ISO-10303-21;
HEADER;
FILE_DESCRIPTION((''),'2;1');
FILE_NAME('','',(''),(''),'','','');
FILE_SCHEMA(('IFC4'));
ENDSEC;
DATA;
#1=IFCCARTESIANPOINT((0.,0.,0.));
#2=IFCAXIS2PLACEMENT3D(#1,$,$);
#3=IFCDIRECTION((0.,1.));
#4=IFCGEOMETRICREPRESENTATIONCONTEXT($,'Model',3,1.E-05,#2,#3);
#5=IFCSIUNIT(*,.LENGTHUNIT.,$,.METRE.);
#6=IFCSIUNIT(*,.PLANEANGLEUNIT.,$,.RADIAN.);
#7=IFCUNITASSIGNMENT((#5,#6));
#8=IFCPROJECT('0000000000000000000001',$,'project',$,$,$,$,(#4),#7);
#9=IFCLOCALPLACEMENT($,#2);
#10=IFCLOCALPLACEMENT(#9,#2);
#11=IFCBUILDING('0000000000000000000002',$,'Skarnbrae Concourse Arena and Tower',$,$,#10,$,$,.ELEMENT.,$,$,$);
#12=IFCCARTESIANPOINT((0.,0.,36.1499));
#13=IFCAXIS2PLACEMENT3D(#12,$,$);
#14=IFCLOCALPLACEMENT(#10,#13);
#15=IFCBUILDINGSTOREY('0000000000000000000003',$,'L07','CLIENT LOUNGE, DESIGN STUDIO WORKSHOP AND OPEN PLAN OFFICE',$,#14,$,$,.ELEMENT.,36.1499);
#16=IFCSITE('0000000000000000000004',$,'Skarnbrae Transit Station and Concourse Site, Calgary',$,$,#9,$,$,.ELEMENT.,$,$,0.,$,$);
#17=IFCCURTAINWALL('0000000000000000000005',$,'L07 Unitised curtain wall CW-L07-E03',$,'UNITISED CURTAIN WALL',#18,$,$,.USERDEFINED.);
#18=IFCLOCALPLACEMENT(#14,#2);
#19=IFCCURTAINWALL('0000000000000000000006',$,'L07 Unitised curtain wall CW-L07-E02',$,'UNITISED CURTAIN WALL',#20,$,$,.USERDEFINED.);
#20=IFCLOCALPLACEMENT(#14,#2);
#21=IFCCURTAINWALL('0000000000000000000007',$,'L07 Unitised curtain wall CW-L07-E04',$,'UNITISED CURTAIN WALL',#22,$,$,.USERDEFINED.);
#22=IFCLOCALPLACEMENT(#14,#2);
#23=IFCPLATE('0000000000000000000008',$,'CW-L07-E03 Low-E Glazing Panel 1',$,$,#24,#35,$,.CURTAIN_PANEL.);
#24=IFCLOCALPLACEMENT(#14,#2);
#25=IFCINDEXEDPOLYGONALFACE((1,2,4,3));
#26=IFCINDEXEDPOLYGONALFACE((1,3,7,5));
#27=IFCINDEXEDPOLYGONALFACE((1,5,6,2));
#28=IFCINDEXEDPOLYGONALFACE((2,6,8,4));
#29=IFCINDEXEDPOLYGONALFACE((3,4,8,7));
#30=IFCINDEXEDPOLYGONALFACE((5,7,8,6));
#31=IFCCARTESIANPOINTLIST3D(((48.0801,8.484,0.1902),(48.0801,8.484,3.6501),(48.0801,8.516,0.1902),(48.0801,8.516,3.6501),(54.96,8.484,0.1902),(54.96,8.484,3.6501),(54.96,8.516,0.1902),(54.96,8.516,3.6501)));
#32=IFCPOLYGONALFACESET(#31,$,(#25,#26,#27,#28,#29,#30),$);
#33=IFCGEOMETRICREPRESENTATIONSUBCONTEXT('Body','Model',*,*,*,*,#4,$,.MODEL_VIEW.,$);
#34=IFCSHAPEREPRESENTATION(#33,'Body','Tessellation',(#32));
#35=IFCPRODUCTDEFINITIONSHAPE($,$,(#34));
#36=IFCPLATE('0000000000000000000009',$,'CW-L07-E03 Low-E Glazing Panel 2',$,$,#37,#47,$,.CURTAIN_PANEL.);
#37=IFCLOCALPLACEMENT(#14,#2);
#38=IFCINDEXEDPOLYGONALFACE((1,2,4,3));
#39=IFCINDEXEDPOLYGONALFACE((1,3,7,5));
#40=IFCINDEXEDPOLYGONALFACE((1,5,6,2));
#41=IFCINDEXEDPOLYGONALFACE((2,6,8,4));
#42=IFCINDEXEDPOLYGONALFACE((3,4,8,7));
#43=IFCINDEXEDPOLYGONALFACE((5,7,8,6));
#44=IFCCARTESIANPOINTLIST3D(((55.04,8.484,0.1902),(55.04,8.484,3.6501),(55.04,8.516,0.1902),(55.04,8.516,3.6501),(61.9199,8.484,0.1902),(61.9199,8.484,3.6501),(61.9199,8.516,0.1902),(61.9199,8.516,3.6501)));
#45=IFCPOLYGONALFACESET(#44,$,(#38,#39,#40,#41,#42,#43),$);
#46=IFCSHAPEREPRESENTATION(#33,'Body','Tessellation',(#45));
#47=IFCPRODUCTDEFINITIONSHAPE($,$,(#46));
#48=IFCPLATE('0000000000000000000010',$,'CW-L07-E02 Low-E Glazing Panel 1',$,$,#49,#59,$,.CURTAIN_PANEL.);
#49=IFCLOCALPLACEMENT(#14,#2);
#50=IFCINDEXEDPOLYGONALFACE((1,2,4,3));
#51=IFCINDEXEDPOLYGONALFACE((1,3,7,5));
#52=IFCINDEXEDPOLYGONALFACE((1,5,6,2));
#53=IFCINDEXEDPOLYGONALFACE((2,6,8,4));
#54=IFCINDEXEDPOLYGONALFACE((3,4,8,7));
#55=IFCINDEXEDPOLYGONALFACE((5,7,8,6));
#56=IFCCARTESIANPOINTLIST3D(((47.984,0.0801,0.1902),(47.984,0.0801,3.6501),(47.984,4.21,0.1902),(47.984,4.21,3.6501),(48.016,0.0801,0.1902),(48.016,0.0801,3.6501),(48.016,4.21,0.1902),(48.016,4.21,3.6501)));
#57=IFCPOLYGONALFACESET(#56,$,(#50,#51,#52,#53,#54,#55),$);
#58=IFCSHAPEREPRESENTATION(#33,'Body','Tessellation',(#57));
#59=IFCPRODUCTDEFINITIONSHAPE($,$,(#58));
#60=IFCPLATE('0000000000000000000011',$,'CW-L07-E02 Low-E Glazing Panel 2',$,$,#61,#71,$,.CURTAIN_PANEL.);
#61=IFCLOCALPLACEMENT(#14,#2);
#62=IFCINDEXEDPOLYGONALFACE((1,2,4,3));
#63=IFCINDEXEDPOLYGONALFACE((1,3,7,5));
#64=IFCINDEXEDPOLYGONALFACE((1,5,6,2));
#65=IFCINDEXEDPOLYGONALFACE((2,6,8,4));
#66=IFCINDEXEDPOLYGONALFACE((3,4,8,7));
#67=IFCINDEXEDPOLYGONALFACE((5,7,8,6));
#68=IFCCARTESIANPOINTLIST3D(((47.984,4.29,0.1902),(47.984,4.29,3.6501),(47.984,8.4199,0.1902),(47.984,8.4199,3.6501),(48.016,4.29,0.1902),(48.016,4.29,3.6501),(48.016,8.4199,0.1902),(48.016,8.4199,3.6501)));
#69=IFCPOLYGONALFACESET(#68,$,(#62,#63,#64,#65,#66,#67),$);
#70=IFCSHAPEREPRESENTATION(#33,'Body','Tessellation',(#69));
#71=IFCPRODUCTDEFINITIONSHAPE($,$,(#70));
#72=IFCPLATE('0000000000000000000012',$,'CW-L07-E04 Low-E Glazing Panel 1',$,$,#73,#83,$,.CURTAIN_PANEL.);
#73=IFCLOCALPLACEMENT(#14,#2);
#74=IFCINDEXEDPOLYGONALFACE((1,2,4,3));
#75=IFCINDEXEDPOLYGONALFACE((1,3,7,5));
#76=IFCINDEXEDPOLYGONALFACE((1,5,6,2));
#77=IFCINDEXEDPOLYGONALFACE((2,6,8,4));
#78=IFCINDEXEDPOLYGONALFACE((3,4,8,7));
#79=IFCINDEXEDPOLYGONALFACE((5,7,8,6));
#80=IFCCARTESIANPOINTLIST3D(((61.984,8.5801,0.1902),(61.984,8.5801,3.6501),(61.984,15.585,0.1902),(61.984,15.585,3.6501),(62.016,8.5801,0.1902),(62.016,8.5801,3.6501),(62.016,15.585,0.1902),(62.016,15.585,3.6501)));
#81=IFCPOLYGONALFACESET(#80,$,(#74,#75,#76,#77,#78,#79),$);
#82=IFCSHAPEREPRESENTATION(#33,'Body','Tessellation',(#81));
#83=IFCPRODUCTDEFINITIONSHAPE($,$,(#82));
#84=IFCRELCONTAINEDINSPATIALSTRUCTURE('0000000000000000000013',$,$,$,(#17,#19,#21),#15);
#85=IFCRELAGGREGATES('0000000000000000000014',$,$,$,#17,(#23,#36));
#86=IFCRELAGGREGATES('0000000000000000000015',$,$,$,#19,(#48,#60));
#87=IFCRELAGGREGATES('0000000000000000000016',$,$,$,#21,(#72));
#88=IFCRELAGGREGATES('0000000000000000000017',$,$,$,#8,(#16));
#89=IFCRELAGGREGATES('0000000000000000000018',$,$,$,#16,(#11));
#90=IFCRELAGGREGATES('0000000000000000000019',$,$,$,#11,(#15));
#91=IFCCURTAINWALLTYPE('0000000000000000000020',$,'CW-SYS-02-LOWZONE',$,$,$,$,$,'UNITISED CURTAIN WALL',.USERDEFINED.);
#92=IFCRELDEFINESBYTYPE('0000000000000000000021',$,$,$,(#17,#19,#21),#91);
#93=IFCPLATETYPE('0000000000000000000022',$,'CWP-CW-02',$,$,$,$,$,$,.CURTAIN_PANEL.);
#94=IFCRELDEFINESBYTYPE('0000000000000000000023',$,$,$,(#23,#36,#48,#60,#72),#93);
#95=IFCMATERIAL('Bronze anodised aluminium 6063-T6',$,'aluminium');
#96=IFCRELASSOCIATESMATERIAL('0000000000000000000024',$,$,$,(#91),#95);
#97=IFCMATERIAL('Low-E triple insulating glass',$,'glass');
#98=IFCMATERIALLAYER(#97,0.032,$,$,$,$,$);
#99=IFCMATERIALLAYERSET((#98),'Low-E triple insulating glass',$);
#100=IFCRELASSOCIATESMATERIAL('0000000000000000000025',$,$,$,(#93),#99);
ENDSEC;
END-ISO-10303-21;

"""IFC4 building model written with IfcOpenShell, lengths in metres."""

from ifc_helpers import new_model, si_unit, direction, frame, origin, origin_2d, place, context, subcontext, project, spatial, rectangle, extrude, source, transform, mapped, material, layer, layer_set, type_object, element, aggregate, save


model = new_model("IFC4")

# Units and contexts
model_context = context("Model", 3, precision=1e-05, world=origin(), true_north=direction((0.0, 1.0)))
body_context = subcontext(model_context, "Body", "Model", "MODEL_VIEW")
ifc_project = project(units=[si_unit("LENGTHUNIT", "METRE"), si_unit("PLANEANGLEUNIT", "RADIAN")], contexts=[model_context])

# Site, building, storey
site_placement = place(None, origin())
site = spatial("IfcSite", under=ifc_project, at=site_placement, Name="Skarnbrae Transit Station and Concourse Site, Calgary", CompositionType="ELEMENT", RefElevation=0.0)
building_placement = place(site_placement, origin())
building = spatial("IfcBuilding", under=site, at=building_placement, Name="Skarnbrae Concourse Arena and Tower", CompositionType="ELEMENT")
storey_placement = place(building_placement, frame((0.0, 0.0, 36.1499)))
storey = spatial("IfcBuildingStorey", under=building, at=storey_placement, Name="L07", Description="CLIENT LOUNGE, DESIGN STUDIO WORKSHOP AND OPEN PLAN OFFICE", CompositionType="ELEMENT", Elevation=36.1499)

# Curtain walls
ifc_material_1 = material(Name="Bronze anodised aluminium 6063-T6", Category="aluminium")
curtain_wall_type = type_object("IfcCurtainWallType", Name="CW-SYS-02-LOWZONE", ElementType="UNITISED CURTAIN WALL", PredefinedType="USERDEFINED", material=ifc_material_1)
curtain_wall_1_placement = place(storey_placement, origin())
curtain_wall_1 = element("IfcCurtainWall", 1, at=curtain_wall_1_placement, inside=storey, type_object=curtain_wall_type, Name="L07 Unitised curtain wall CW-L07-E03", ObjectType="UNITISED CURTAIN WALL", PredefinedType="USERDEFINED")
curtain_wall_2_placement = place(storey_placement, origin())
curtain_wall_2 = element("IfcCurtainWall", 2, at=curtain_wall_2_placement, inside=storey, type_object=curtain_wall_type, Name="L07 Unitised curtain wall CW-L07-E02", ObjectType="UNITISED CURTAIN WALL", PredefinedType="USERDEFINED")

# Curtain wall
curtain_wall_3_placement = place(storey_placement, origin())
curtain_wall_3 = element("IfcCurtainWall", 3, at=curtain_wall_3_placement, inside=storey, type_object=curtain_wall_type, Name="L07 Unitised curtain wall CW-L07-E04", ObjectType="UNITISED CURTAIN WALL", PredefinedType="USERDEFINED")

# Plates
ifc_material_2 = material(Name="Low-E triple insulating glass", Category="glass")
ifc_layer = layer(ifc_material_2, 0.032)
ifc_layer_set = layer_set([ifc_layer], Name="Low-E triple insulating glass")
plate_type = type_object("IfcPlateType", Name="CWP-CW-02", PredefinedType="CURTAIN_PANEL", material=ifc_layer_set)
shared_shape_1 = source(origin(), body_context, "Body", "SweptSolid", [
    extrude(rectangle(XDim=6.8799, YDim=0.032, at=origin_2d()), origin(), (0.0, 0.0, 1.0), 3.46),
])
plate_1_placement = place(storey_placement, frame((51.52, 8.5, 0.1902), z_axis=(0.0, 0.0, 1.0), x_axis=(1.0, 0.0, 0.0)))
plate_1 = element("IfcPlate", 4, at=plate_1_placement, type_object=plate_type, Name="CW-L07-E03 Low-E Glazing Panel 1", PredefinedType="CURTAIN_PANEL", context=body_context, shape_type="MappedRepresentation", body=[
    mapped(shared_shape_1, transform((0.0, 0.0, 0.0))),
])
plate_2_placement = place(storey_placement, frame((58.48, 8.5, 0.1902), z_axis=(0.0, 0.0, 1.0), x_axis=(1.0, 0.0, 0.0)))
plate_2 = element("IfcPlate", 5, at=plate_2_placement, type_object=plate_type, Name="CW-L07-E03 Low-E Glazing Panel 2", PredefinedType="CURTAIN_PANEL", context=body_context, shape_type="MappedRepresentation", body=[
    mapped(shared_shape_1, transform((0.0, 0.0, 0.0))),
])
aggregate(curtain_wall_1, [plate_1, plate_2])
shared_shape_2 = source(origin(), body_context, "Body", "SweptSolid", [
    extrude(rectangle(XDim=4.1299, YDim=0.032, at=origin_2d()), origin(), (0.0, 0.0, 1.0), 3.46),
])
plate_3_placement = place(storey_placement, frame((48.0, 2.145, 0.1902), z_axis=(0.0, 0.0, 1.0), x_axis=(0.0, 1.0, 0.0)))
plate_3 = element("IfcPlate", 6, at=plate_3_placement, type_object=plate_type, Name="CW-L07-E02 Low-E Glazing Panel 1", PredefinedType="CURTAIN_PANEL", context=body_context, shape_type="MappedRepresentation", body=[
    mapped(shared_shape_2, transform((0.0, 0.0, 0.0))),
])
plate_4_placement = place(storey_placement, frame((48.0, 6.355, 0.1902), z_axis=(0.0, 0.0, 1.0), x_axis=(0.0, 1.0, 0.0)))
plate_4 = element("IfcPlate", 7, at=plate_4_placement, type_object=plate_type, Name="CW-L07-E02 Low-E Glazing Panel 2", PredefinedType="CURTAIN_PANEL", context=body_context, shape_type="MappedRepresentation", body=[
    mapped(shared_shape_2, transform((0.0, 0.0, 0.0))),
])
aggregate(curtain_wall_2, [plate_3, plate_4])
shared_shape_3 = source(origin(), body_context, "Body", "SweptSolid", [
    extrude(rectangle(XDim=7.0049, YDim=0.032, at=origin_2d()), origin(), (0.0, 0.0, 1.0), 3.46),
])
plate_5_placement = place(storey_placement, frame((62.0, 12.0825, 0.1902), z_axis=(0.0, 0.0, 1.0), x_axis=(0.0, 1.0, 0.0)))
plate_5 = element("IfcPlate", 8, at=plate_5_placement, type_object=plate_type, Name="CW-L07-E04 Low-E Glazing Panel 1", PredefinedType="CURTAIN_PANEL", context=body_context, shape_type="MappedRepresentation", body=[
    mapped(shared_shape_3, transform((0.0, 0.0, 0.0))),
])
aggregate(curtain_wall_3, [plate_5])

save(model, "model.ifc")
